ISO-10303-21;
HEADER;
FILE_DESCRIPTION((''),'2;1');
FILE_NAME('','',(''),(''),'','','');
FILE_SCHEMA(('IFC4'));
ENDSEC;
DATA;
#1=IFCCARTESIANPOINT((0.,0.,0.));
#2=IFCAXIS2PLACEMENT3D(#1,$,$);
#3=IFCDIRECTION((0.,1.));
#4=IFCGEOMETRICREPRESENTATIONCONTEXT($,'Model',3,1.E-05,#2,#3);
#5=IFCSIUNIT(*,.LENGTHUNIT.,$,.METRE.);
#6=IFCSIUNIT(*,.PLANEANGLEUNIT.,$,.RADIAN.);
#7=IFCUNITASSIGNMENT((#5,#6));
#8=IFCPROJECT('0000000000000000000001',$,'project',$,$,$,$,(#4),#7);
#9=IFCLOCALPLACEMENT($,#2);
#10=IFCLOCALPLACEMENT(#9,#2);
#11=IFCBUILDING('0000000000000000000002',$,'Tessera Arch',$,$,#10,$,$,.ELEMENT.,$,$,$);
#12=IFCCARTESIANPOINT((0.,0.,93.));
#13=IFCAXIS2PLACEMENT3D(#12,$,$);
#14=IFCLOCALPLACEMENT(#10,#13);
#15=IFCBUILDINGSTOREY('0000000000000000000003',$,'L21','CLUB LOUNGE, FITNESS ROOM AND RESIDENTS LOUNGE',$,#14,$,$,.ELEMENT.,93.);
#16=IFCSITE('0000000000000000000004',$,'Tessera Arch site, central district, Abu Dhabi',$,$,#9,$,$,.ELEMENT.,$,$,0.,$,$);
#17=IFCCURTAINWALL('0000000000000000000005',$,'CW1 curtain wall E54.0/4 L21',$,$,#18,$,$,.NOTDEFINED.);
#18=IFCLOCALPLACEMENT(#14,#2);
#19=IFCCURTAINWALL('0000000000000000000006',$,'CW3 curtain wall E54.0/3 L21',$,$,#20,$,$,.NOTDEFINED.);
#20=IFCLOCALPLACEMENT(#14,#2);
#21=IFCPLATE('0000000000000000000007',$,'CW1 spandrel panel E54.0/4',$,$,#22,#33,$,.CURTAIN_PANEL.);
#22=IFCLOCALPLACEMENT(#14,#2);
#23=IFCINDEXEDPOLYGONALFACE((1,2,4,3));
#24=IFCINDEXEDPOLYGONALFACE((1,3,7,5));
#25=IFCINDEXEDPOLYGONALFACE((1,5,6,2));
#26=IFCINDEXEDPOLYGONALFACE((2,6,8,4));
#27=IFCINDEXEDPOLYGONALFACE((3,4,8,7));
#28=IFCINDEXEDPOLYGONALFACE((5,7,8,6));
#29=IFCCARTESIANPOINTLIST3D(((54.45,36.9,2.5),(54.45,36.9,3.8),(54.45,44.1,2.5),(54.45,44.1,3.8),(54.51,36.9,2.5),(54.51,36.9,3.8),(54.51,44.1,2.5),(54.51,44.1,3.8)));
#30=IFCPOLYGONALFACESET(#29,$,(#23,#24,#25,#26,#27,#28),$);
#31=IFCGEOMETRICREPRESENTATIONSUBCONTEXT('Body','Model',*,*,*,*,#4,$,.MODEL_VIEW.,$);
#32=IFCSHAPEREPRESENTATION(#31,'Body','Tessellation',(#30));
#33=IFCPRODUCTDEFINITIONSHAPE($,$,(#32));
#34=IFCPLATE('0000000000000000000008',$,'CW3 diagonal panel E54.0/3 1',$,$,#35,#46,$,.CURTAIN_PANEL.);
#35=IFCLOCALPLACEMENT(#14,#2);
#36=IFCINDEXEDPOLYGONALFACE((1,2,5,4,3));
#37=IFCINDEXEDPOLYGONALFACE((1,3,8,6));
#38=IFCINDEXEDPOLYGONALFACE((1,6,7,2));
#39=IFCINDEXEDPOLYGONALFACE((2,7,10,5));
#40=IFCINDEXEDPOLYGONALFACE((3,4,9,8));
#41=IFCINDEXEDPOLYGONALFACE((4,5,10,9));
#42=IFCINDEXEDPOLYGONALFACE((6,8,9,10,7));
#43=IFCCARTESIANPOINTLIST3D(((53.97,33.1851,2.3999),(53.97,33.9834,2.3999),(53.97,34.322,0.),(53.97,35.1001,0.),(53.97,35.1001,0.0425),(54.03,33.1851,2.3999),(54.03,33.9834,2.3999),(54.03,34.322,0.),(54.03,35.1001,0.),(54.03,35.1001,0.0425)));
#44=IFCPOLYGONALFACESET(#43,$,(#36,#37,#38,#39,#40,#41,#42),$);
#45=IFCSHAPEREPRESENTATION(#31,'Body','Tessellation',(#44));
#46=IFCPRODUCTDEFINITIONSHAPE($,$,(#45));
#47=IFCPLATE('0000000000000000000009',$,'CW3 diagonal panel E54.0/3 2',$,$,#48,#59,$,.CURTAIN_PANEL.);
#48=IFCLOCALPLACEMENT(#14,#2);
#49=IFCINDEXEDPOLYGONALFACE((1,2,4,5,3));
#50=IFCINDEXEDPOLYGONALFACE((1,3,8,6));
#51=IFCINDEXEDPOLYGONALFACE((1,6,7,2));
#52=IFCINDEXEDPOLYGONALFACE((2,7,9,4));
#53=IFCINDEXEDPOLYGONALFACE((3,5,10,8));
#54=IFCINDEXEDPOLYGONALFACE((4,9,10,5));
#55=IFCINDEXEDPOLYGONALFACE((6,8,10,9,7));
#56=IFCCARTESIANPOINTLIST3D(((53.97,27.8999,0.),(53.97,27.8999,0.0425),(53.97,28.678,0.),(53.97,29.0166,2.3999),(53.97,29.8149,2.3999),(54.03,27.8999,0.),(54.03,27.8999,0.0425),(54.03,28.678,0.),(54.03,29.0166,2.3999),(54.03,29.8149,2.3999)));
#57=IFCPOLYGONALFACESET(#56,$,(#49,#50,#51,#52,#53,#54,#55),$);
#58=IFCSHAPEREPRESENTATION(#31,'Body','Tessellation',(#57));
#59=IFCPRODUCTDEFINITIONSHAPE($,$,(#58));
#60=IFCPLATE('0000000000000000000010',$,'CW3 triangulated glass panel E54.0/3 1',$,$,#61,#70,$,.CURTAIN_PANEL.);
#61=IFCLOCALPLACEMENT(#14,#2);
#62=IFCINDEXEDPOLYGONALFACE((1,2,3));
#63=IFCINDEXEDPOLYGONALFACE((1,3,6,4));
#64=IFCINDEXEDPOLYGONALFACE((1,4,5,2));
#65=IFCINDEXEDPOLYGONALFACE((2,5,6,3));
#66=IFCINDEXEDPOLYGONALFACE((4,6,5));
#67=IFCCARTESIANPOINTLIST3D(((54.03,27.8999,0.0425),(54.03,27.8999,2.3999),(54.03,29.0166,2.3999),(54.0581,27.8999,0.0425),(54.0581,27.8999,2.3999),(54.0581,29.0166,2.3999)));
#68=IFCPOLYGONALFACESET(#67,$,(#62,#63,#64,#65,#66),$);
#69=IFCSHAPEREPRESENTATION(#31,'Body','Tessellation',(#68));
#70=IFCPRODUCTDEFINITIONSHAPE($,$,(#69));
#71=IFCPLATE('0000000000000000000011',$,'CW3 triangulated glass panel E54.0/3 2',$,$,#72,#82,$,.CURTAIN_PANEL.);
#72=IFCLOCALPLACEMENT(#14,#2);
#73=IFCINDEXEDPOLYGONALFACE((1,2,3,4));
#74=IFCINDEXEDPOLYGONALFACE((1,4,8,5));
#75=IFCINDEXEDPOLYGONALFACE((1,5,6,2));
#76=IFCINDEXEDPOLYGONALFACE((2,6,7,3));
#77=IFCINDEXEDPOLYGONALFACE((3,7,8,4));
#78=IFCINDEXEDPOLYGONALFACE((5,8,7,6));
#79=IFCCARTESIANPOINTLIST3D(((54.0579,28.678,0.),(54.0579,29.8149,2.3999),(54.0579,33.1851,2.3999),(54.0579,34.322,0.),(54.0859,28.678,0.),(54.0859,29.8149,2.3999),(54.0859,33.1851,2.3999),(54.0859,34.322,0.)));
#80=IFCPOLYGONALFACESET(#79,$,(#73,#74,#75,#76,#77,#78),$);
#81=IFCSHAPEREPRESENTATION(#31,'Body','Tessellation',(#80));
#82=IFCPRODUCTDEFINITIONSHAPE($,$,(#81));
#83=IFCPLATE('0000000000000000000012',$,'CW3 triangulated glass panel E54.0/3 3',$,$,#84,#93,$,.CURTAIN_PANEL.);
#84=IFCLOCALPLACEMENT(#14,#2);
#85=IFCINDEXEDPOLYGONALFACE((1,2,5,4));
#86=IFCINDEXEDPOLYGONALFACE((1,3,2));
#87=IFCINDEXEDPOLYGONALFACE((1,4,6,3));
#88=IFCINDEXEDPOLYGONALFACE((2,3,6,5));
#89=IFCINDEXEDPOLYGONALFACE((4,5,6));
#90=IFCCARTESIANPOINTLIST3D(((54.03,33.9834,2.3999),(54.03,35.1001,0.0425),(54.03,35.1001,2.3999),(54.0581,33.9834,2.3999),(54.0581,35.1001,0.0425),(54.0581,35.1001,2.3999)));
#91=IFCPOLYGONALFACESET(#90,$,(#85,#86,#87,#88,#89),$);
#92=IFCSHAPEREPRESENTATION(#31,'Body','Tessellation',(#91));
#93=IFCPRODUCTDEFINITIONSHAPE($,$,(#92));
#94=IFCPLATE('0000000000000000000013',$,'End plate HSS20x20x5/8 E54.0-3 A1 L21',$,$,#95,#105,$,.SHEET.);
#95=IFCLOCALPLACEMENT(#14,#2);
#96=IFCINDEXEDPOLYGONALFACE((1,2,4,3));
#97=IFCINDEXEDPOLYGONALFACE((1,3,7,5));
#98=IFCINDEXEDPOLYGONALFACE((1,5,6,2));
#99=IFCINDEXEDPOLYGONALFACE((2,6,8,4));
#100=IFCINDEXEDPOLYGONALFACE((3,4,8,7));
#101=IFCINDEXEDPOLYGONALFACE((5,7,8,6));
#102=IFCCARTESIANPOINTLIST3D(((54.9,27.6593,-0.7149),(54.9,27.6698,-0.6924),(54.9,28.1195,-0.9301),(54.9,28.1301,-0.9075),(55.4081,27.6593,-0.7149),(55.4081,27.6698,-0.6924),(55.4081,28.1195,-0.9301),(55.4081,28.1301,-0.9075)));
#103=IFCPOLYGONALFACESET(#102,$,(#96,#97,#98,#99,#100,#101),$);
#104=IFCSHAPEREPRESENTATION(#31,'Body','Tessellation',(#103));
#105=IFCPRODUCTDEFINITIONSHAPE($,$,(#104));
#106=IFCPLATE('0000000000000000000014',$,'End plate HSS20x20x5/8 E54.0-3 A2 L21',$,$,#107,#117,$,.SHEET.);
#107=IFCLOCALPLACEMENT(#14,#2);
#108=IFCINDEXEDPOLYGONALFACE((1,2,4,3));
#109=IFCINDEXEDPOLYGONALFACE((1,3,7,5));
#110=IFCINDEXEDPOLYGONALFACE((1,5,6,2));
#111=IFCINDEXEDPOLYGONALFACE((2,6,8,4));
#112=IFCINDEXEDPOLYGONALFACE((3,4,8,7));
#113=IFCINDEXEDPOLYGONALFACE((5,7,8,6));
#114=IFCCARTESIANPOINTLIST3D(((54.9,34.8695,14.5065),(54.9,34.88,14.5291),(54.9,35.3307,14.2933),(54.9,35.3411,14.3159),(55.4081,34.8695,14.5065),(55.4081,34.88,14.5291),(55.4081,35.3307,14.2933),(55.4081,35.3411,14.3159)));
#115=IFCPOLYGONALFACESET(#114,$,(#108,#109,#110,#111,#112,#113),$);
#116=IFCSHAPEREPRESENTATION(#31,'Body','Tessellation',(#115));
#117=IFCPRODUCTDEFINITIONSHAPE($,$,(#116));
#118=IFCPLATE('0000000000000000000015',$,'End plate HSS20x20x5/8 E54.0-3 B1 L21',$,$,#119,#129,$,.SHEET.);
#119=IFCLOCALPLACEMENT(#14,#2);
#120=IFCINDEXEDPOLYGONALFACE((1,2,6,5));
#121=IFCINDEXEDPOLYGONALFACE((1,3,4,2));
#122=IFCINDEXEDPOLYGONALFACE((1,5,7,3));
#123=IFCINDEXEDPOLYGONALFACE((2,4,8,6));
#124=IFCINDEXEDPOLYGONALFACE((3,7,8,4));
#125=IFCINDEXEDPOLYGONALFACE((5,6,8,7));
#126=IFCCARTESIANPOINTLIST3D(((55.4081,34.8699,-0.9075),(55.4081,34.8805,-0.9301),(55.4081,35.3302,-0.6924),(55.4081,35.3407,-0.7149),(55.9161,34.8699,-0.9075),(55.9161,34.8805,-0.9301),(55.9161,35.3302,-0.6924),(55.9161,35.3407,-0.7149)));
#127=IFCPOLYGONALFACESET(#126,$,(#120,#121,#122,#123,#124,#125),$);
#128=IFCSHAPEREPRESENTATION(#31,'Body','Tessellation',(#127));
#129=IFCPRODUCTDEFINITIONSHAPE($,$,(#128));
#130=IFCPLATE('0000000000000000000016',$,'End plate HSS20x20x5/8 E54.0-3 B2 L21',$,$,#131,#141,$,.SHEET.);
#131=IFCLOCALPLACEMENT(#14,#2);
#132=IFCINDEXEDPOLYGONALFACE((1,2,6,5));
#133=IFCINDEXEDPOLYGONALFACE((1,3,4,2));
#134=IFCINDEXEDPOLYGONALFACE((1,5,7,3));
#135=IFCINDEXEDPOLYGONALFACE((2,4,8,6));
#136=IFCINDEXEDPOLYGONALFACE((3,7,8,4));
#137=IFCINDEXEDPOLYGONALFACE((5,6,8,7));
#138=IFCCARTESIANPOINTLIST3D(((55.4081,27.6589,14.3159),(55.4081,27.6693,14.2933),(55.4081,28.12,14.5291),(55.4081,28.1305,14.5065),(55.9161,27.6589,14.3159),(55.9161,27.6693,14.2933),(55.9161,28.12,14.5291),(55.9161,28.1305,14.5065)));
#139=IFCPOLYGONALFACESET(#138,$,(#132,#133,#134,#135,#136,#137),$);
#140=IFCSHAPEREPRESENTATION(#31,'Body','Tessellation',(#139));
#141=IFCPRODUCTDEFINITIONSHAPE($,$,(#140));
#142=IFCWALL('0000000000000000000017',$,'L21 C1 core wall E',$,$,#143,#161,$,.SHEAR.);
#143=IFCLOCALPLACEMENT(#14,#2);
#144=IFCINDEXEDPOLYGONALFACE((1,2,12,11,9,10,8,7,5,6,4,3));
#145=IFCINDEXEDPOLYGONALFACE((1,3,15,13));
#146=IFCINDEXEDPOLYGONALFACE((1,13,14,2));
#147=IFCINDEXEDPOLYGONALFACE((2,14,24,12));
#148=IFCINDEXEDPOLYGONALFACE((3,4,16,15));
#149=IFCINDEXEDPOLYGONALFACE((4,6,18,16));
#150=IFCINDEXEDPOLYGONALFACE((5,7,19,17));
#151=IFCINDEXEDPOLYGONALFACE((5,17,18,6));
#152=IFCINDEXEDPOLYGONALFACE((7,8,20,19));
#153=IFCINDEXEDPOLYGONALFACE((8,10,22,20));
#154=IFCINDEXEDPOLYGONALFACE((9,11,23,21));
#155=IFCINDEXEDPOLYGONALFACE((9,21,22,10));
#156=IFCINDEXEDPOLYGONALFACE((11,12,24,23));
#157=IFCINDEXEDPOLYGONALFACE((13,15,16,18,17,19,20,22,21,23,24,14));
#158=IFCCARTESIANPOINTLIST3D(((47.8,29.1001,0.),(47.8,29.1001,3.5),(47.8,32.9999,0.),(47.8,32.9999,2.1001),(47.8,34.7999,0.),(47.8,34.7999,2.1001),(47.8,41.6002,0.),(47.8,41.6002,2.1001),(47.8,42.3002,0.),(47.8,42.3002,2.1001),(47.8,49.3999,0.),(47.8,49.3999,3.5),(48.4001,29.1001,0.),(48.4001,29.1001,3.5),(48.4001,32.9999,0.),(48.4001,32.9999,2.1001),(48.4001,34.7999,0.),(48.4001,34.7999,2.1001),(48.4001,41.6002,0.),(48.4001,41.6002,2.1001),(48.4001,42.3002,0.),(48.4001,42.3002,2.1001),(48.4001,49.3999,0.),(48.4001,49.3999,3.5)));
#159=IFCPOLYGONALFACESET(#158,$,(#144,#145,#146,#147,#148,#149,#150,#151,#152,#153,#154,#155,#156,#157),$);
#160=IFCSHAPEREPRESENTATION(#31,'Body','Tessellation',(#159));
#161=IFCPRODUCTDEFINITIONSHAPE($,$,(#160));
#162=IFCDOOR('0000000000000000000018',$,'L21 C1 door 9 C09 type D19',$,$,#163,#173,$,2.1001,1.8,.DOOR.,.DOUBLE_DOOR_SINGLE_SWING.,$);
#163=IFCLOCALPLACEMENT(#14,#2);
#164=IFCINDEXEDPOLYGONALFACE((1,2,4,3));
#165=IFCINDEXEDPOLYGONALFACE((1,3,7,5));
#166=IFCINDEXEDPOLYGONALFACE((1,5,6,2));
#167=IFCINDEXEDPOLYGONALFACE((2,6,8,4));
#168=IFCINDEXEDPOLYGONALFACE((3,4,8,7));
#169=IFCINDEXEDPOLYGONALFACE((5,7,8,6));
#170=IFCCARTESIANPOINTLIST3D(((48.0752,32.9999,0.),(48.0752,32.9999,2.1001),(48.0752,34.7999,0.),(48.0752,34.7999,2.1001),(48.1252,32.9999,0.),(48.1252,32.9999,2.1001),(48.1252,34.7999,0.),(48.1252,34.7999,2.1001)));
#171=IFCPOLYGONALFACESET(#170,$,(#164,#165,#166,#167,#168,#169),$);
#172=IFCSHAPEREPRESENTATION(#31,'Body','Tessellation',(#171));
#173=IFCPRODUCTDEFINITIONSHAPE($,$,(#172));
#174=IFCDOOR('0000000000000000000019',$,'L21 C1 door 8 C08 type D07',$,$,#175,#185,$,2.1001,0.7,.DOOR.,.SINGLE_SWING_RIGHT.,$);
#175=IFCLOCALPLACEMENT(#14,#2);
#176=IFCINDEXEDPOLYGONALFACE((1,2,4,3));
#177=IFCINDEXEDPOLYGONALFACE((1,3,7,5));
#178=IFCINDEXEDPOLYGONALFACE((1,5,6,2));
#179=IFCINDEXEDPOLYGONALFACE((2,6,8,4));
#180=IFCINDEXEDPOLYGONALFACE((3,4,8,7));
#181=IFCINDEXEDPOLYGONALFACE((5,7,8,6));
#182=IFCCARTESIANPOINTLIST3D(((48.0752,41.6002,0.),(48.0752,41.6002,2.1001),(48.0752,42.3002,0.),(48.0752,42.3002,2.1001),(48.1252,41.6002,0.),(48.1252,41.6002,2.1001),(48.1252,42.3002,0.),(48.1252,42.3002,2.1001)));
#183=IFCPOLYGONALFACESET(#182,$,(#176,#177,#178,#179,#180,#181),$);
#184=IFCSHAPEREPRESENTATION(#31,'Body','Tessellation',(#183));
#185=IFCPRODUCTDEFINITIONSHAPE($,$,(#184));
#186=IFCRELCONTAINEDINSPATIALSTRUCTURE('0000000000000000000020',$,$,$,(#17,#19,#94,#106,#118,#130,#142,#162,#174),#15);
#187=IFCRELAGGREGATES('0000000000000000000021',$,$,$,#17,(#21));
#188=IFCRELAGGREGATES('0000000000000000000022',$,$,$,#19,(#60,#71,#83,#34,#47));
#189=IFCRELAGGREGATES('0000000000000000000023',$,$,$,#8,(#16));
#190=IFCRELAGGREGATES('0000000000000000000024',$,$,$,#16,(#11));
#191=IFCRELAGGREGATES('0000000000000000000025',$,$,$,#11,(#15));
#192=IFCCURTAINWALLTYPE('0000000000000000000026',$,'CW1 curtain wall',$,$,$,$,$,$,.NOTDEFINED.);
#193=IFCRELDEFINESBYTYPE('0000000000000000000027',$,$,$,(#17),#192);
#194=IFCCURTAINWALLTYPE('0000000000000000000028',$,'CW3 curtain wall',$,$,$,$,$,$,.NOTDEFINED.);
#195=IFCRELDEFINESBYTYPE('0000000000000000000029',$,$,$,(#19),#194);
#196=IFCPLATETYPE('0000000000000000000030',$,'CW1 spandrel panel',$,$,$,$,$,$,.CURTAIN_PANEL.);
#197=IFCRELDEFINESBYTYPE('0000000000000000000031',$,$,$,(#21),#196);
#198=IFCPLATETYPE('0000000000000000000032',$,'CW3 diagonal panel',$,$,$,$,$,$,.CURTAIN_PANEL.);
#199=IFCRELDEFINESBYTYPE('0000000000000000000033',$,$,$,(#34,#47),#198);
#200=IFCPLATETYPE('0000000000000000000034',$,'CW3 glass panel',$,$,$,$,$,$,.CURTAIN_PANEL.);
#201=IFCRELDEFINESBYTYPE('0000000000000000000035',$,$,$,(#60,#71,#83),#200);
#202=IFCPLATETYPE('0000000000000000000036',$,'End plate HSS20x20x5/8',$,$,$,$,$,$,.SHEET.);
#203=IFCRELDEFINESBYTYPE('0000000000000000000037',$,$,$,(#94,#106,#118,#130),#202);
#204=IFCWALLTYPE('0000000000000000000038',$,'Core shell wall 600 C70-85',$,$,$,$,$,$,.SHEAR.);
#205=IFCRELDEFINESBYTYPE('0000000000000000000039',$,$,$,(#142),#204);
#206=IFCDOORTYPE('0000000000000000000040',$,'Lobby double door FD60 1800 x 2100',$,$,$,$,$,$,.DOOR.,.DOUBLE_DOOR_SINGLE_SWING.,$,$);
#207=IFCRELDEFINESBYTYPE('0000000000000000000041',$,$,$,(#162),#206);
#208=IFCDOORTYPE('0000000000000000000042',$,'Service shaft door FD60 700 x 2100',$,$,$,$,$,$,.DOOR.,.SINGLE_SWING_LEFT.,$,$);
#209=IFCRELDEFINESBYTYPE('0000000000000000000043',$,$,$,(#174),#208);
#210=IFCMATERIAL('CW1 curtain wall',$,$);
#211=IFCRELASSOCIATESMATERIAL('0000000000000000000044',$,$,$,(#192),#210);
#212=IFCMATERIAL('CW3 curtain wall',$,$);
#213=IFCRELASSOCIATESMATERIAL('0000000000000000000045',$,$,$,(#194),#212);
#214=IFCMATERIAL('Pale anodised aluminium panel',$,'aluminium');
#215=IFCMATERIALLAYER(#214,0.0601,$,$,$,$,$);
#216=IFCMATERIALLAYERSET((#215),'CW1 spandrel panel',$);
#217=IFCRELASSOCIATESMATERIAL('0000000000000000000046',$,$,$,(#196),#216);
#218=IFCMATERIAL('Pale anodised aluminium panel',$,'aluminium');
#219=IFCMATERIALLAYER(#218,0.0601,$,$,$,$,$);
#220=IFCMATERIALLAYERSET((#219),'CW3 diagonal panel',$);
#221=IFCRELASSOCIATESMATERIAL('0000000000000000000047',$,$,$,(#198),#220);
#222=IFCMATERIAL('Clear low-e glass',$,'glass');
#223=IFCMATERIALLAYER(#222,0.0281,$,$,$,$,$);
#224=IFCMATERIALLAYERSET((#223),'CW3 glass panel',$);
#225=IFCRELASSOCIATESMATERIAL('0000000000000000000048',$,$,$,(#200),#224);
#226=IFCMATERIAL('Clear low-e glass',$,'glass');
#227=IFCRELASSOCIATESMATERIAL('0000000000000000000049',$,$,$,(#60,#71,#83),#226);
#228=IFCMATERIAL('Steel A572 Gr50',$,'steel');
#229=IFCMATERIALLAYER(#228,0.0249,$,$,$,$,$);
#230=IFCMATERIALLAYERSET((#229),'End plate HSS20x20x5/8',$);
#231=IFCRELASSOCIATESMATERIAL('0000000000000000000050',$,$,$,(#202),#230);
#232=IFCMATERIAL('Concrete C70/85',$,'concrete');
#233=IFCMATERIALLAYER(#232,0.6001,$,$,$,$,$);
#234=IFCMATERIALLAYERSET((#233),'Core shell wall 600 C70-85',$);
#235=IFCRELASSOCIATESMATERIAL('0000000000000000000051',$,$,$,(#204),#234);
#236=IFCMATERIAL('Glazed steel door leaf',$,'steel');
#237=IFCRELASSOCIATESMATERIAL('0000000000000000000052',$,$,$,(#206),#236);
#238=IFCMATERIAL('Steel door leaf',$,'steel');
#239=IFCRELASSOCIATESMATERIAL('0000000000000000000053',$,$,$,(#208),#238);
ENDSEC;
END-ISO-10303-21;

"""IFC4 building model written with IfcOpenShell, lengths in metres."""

from ifc_helpers import new_model, si_unit, direction, frame, frame_2d, origin, origin_2d, place, context, subcontext, project, spatial, polyline, rectangle, outline, extrude, material, layer, layer_set, type_object, element, fill, aggregate, save


model = new_model("IFC4")

# Units and contexts
model_context = context("Model", 3, precision=1e-05, world=origin(), true_north=direction((0.0, 1.0)))
body_context = subcontext(model_context, "Body", "Model", "MODEL_VIEW")
ifc_project = project(units=[si_unit("LENGTHUNIT", "METRE"), si_unit("PLANEANGLEUNIT", "RADIAN")], contexts=[model_context])

# Site, building, storey
site_placement = place(None, origin())
site = spatial("IfcSite", under=ifc_project, at=site_placement, Name="Tessera Arch site, central district, Abu Dhabi", CompositionType="ELEMENT", RefElevation=0.0)
building_placement = place(site_placement, origin())
building = spatial("IfcBuilding", under=site, at=building_placement, Name="Tessera Arch", CompositionType="ELEMENT")
storey_placement = place(building_placement, frame((0.0, 0.0, 93.0)))
storey = spatial("IfcBuildingStorey", under=building, at=storey_placement, Name="L21", Description="CLUB LOUNGE, FITNESS ROOM AND RESIDENTS LOUNGE", CompositionType="ELEMENT", Elevation=93.0)

# Curtain wall
ifc_material_1 = material(Name="CW1 curtain wall")
curtain_wall_type_1 = type_object("IfcCurtainWallType", Name="CW1 curtain wall", PredefinedType="NOTDEFINED", material=ifc_material_1)
curtain_wall_1_placement = place(storey_placement, origin())
curtain_wall_1 = element("IfcCurtainWall", 1, at=curtain_wall_1_placement, inside=storey, type_object=curtain_wall_type_1, Name="CW1 curtain wall E54.0/4 L21", PredefinedType="NOTDEFINED")

# Curtain wall
ifc_material_2 = material(Name="CW3 curtain wall")
curtain_wall_type_2 = type_object("IfcCurtainWallType", Name="CW3 curtain wall", PredefinedType="NOTDEFINED", material=ifc_material_2)
curtain_wall_2_placement = place(storey_placement, origin())
curtain_wall_2 = element("IfcCurtainWall", 2, at=curtain_wall_2_placement, inside=storey, type_object=curtain_wall_type_2, Name="CW3 curtain wall E54.0/3 L21", PredefinedType="NOTDEFINED")

# Plates
ifc_material_3 = material(Name="Clear low-e glass", Category="glass")
ifc_material_4 = material(Name="Pale anodised aluminium panel", Category="aluminium")
ifc_layer_1 = layer(ifc_material_4, 0.0601)
ifc_layer_set_1 = layer_set([ifc_layer_1], Name="CW1 spandrel panel")
plate_type_1 = type_object("IfcPlateType", Name="CW1 spandrel panel", PredefinedType="CURTAIN_PANEL", material=ifc_layer_set_1)
plate_1_placement = place(storey_placement, frame((54.48, 40.5, 2.5), z_axis=(0.0, 0.0, 1.0), x_axis=(0.0, 1.0, 0.0)))
plate_1 = element("IfcPlate", 3, at=plate_1_placement, type_object=plate_type_1, Name="CW1 spandrel panel E54.0/4", PredefinedType="CURTAIN_PANEL", context=body_context, shape_type="SweptSolid", body=[
    extrude(rectangle(XDim=7.2, YDim=0.0601, at=origin_2d()), origin(), (0.0, 0.0, 1.0), 1.3),
])
aggregate(curtain_wall_1, [plate_1])
ifc_material_5 = material(Name="Pale anodised aluminium panel", Category="aluminium")
ifc_layer_2 = layer(ifc_material_5, 0.0601)
ifc_layer_set_2 = layer_set([ifc_layer_2], Name="CW3 diagonal panel")
plate_type_2 = type_object("IfcPlateType", Name="CW3 diagonal panel", PredefinedType="CURTAIN_PANEL", material=ifc_layer_set_2)
plate_2_placement = place(storey_placement, frame((54.03, 35.1001, 0.0), z_axis=(1.0, 0.0, 0.0), x_axis=(0.0, 0.0, 1.0)))
plate_2 = element("IfcPlate", 4, at=plate_2_placement, type_object=plate_type_2, Name="CW3 diagonal panel E54.0/3 1", PredefinedType="CURTAIN_PANEL", context=body_context, shape_type="SweptSolid", body=[
    extrude(outline(polyline([(0.0, 0.0), (0.0425, 0.0), (2.3999, 1.1167), (2.3999, 1.915), (0.0, 0.7781), (0.0, 0.0)])), origin(), (0.0, 0.0, -1.0), 0.0601),
])
plate_3_placement = place(storey_placement, frame((54.03, 29.8149, 2.3999), z_axis=(1.0, 0.0, 0.0), x_axis=(0.0, -1.0, 0.0)))
plate_3 = element("IfcPlate", 5, at=plate_3_placement, type_object=plate_type_2, Name="CW3 diagonal panel E54.0/3 2", PredefinedType="CURTAIN_PANEL", context=body_context, shape_type="SweptSolid", body=[
    extrude(outline(polyline([(0.0, 0.0), (0.7983, 0.0), (1.915, 2.3574), (1.915, 2.3999), (1.137, 2.3999), (0.0, 0.0)])), origin(), (0.0, 0.0, -1.0), 0.0601),
])
ifc_material_6 = material(Name="Clear low-e glass", Category="glass")
ifc_layer_3 = layer(ifc_material_6, 0.0281)
ifc_layer_set_3 = layer_set([ifc_layer_3], Name="CW3 glass panel")
plate_type_3 = type_object("IfcPlateType", Name="CW3 glass panel", PredefinedType="CURTAIN_PANEL", material=ifc_layer_set_3)
plate_4_placement = place(storey_placement, frame((54.0581, 27.8999, 2.3999), z_axis=(1.0, 0.0, 0.0), x_axis=(0.0, 0.0, -1.0)))
plate_4 = element("IfcPlate", 6, at=plate_4_placement, type_object=plate_type_3, material=ifc_material_3, Name="CW3 triangulated glass panel E54.0/3 1", PredefinedType="CURTAIN_PANEL", context=body_context, shape_type="SweptSolid", body=[
    extrude(outline(polyline([(0.0, 0.0), (2.3574, 0.0), (0.0, 1.1167), (0.0, 0.0)])), origin(), (0.0, 0.0, -1.0), 0.0281),
])
plate_5_placement = place(storey_placement, frame((54.0859, 33.1851, 2.3999), z_axis=(1.0, 0.0, 0.0), x_axis=(0.0, -1.0, 0.0)))
plate_5 = element("IfcPlate", 7, at=plate_5_placement, type_object=plate_type_3, material=ifc_material_3, Name="CW3 triangulated glass panel E54.0/3 2", PredefinedType="CURTAIN_PANEL", context=body_context, shape_type="SweptSolid", body=[
    extrude(outline(polyline([(0.0, 0.0), (3.3701, 0.0), (4.5071, 2.3999), (-1.137, 2.3999), (0.0, 0.0)])), origin(), (0.0, 0.0, -1.0), 0.0281),
])
plate_6_placement = place(storey_placement, frame((54.0581, 35.1001, 2.3999), z_axis=(1.0, 0.0, 0.0), x_axis=(0.0, -1.0, 0.0)))
plate_6 = element("IfcPlate", 8, at=plate_6_placement, type_object=plate_type_3, material=ifc_material_3, Name="CW3 triangulated glass panel E54.0/3 3", PredefinedType="CURTAIN_PANEL", context=body_context, shape_type="SweptSolid", body=[
    extrude(outline(polyline([(0.0, 0.0), (1.1167, 0.0), (0.0, 2.3574), (0.0, 0.0)])), origin(), (0.0, 0.0, -1.0), 0.0281),
])
aggregate(curtain_wall_2, [plate_4, plate_5, plate_6, plate_2, plate_3])

# Plates
ifc_material_7 = material(Name="Steel A572 Gr50", Category="steel")
ifc_layer_4 = layer(ifc_material_7, 0.0249)
ifc_layer_set_4 = layer_set([ifc_layer_4], Name="End plate HSS20x20x5/8")
plate_type_4 = type_object("IfcPlateType", Name="End plate HSS20x20x5/8", PredefinedType="SHEET", material=ifc_layer_set_4)
for number, where, z_axis, x_axis, name in (
    (9, (55.1541, 27.8894, -0.8225), (0.0, 0.423424, 0.905931), (-1.0, 0.0, 0.0), "End plate HSS20x20x5/8 E54.0-3 A1 L21"),
    (10, (55.1541, 35.1001, 14.3999), (0.0, 0.419677, 0.907674), (-1.0, 0.0, 0.0), "End plate HSS20x20x5/8 E54.0-3 A2 L21"),
    (11, (55.6621, 35.1106, -0.8225), (0.0, -0.423424, 0.905931), (1.0, 0.0, 0.0), "End plate HSS20x20x5/8 E54.0-3 B1 L21"),
    (12, (55.6621, 27.8999, 14.3999), (0.0, -0.419677, 0.907674), (1.0, 0.0, 0.0), "End plate HSS20x20x5/8 E54.0-3 B2 L21"),
):
    element("IfcPlate", number, at=place(storey_placement, frame(where, z_axis=z_axis, x_axis=x_axis)), inside=storey, type_object=plate_type_4, Name=name, PredefinedType="SHEET", context=body_context, shape_type="SweptSolid", body=[
        extrude(rectangle(XDim=0.5081, YDim=0.5081, at=origin_2d()), origin(), (0.0, 0.0, 1.0), 0.0249),
    ])

# Wall, openings, doors
ifc_material_8 = material(Name="Concrete C70/85", Category="concrete")
ifc_layer_5 = layer(ifc_material_8, 0.6001)
ifc_layer_set_5 = layer_set([ifc_layer_5], Name="Core shell wall 600 C70-85")
wall_type_1 = type_object("IfcWallType", Name="Core shell wall 600 C70-85", PredefinedType="SHEAR", material=ifc_layer_set_5)
wall_1_placement = place(storey_placement, frame((48.1001, 29.1001, 0.0), z_axis=(0.0, 0.0, 1.0), x_axis=(0.0, 1.0, 0.0)))
wall_1 = element("IfcWall", 13, at=wall_1_placement, inside=storey, type_object=wall_type_1, Name="L21 C1 core wall E", PredefinedType="SHEAR", context=body_context, shape_type="SweptSolid", body=[
    extrude(rectangle(XDim=20.2998, YDim=0.6001, at=frame_2d((10.1499, 0.0))), origin(), (0.0, 0.0, 1.0), 3.5),
])
opening_1_placement = place(wall_1_placement, frame((12.5, 0.0, 0.0)))
opening_1 = element("IfcOpeningElement", 14, at=opening_1_placement, cuts=wall_1, PredefinedType="OPENING", context=body_context, shape_type="SweptSolid", body=[
    extrude(rectangle(XDim=0.7, YDim=2.1001, at=frame_2d((0.3501, 1.05))), frame((0.0, 0.3101, 0.0), z_axis=(0.0, -1.0, 0.0), x_axis=(1.0, 0.0, 0.0)), (0.0, 0.0, 1.0), 0.6201),
])
opening_2_placement = place(wall_1_placement, frame((3.8999, 0.0, 0.0)))
opening_2 = element("IfcOpeningElement", 15, at=opening_2_placement, cuts=wall_1, PredefinedType="OPENING", context=body_context, shape_type="SweptSolid", body=[
    extrude(rectangle(XDim=1.8, YDim=2.1001, at=frame_2d((0.8999, 1.05))), frame((0.0, 0.3101, 0.0), z_axis=(0.0, -1.0, 0.0), x_axis=(1.0, 0.0, 0.0)), (0.0, 0.0, 1.0), 0.6201),
])
ifc_material_9 = material(Name="Glazed steel door leaf", Category="steel")
door_type_1 = type_object("IfcDoorType", Name="Lobby double door FD60 1800 x 2100", OperationType="DOUBLE_DOOR_SINGLE_SWING", PredefinedType="DOOR", material=ifc_material_9)
door_1_placement = place(opening_2_placement, origin())
door_1 = element("IfcDoor", 16, at=door_1_placement, inside=storey, type_object=door_type_1, Name="L21 C1 door 9 C09 type D19", OperationType="DOUBLE_DOOR_SINGLE_SWING", OverallHeight=2.1001, OverallWidth=1.8, PredefinedType="DOOR", context=body_context, shape_type="SweptSolid", body=[
    extrude(rectangle(XDim=1.8, YDim=2.1001, at=frame_2d((0.8999, 1.05))), frame((0.0, 0.0249, 0.0), z_axis=(0.0, -1.0, 0.0), x_axis=(1.0, 0.0, 0.0)), (0.0, 0.0, 1.0), 0.05),
])
fill(opening_2, door_1)
ifc_material_10 = material(Name="Steel door leaf", Category="steel")
door_type_2 = type_object("IfcDoorType", Name="Service shaft door FD60 700 x 2100", OperationType="SINGLE_SWING_LEFT", PredefinedType="DOOR", material=ifc_material_10)
door_2_placement = place(opening_1_placement, origin())
door_2 = element("IfcDoor", 17, at=door_2_placement, inside=storey, type_object=door_type_2, Name="L21 C1 door 8 C08 type D07", OperationType="SINGLE_SWING_RIGHT", OverallHeight=2.1001, OverallWidth=0.7, PredefinedType="DOOR", context=body_context, shape_type="SweptSolid", body=[
    extrude(rectangle(XDim=0.7, YDim=2.1001, at=frame_2d((0.3501, 1.05))), frame((0.0, 0.0249, 0.0), z_axis=(0.0, -1.0, 0.0), x_axis=(1.0, 0.0, 0.0)), (0.0, 0.0, 1.0), 0.05),
])
fill(opening_1, door_2)

save(model, "model.ifc")
